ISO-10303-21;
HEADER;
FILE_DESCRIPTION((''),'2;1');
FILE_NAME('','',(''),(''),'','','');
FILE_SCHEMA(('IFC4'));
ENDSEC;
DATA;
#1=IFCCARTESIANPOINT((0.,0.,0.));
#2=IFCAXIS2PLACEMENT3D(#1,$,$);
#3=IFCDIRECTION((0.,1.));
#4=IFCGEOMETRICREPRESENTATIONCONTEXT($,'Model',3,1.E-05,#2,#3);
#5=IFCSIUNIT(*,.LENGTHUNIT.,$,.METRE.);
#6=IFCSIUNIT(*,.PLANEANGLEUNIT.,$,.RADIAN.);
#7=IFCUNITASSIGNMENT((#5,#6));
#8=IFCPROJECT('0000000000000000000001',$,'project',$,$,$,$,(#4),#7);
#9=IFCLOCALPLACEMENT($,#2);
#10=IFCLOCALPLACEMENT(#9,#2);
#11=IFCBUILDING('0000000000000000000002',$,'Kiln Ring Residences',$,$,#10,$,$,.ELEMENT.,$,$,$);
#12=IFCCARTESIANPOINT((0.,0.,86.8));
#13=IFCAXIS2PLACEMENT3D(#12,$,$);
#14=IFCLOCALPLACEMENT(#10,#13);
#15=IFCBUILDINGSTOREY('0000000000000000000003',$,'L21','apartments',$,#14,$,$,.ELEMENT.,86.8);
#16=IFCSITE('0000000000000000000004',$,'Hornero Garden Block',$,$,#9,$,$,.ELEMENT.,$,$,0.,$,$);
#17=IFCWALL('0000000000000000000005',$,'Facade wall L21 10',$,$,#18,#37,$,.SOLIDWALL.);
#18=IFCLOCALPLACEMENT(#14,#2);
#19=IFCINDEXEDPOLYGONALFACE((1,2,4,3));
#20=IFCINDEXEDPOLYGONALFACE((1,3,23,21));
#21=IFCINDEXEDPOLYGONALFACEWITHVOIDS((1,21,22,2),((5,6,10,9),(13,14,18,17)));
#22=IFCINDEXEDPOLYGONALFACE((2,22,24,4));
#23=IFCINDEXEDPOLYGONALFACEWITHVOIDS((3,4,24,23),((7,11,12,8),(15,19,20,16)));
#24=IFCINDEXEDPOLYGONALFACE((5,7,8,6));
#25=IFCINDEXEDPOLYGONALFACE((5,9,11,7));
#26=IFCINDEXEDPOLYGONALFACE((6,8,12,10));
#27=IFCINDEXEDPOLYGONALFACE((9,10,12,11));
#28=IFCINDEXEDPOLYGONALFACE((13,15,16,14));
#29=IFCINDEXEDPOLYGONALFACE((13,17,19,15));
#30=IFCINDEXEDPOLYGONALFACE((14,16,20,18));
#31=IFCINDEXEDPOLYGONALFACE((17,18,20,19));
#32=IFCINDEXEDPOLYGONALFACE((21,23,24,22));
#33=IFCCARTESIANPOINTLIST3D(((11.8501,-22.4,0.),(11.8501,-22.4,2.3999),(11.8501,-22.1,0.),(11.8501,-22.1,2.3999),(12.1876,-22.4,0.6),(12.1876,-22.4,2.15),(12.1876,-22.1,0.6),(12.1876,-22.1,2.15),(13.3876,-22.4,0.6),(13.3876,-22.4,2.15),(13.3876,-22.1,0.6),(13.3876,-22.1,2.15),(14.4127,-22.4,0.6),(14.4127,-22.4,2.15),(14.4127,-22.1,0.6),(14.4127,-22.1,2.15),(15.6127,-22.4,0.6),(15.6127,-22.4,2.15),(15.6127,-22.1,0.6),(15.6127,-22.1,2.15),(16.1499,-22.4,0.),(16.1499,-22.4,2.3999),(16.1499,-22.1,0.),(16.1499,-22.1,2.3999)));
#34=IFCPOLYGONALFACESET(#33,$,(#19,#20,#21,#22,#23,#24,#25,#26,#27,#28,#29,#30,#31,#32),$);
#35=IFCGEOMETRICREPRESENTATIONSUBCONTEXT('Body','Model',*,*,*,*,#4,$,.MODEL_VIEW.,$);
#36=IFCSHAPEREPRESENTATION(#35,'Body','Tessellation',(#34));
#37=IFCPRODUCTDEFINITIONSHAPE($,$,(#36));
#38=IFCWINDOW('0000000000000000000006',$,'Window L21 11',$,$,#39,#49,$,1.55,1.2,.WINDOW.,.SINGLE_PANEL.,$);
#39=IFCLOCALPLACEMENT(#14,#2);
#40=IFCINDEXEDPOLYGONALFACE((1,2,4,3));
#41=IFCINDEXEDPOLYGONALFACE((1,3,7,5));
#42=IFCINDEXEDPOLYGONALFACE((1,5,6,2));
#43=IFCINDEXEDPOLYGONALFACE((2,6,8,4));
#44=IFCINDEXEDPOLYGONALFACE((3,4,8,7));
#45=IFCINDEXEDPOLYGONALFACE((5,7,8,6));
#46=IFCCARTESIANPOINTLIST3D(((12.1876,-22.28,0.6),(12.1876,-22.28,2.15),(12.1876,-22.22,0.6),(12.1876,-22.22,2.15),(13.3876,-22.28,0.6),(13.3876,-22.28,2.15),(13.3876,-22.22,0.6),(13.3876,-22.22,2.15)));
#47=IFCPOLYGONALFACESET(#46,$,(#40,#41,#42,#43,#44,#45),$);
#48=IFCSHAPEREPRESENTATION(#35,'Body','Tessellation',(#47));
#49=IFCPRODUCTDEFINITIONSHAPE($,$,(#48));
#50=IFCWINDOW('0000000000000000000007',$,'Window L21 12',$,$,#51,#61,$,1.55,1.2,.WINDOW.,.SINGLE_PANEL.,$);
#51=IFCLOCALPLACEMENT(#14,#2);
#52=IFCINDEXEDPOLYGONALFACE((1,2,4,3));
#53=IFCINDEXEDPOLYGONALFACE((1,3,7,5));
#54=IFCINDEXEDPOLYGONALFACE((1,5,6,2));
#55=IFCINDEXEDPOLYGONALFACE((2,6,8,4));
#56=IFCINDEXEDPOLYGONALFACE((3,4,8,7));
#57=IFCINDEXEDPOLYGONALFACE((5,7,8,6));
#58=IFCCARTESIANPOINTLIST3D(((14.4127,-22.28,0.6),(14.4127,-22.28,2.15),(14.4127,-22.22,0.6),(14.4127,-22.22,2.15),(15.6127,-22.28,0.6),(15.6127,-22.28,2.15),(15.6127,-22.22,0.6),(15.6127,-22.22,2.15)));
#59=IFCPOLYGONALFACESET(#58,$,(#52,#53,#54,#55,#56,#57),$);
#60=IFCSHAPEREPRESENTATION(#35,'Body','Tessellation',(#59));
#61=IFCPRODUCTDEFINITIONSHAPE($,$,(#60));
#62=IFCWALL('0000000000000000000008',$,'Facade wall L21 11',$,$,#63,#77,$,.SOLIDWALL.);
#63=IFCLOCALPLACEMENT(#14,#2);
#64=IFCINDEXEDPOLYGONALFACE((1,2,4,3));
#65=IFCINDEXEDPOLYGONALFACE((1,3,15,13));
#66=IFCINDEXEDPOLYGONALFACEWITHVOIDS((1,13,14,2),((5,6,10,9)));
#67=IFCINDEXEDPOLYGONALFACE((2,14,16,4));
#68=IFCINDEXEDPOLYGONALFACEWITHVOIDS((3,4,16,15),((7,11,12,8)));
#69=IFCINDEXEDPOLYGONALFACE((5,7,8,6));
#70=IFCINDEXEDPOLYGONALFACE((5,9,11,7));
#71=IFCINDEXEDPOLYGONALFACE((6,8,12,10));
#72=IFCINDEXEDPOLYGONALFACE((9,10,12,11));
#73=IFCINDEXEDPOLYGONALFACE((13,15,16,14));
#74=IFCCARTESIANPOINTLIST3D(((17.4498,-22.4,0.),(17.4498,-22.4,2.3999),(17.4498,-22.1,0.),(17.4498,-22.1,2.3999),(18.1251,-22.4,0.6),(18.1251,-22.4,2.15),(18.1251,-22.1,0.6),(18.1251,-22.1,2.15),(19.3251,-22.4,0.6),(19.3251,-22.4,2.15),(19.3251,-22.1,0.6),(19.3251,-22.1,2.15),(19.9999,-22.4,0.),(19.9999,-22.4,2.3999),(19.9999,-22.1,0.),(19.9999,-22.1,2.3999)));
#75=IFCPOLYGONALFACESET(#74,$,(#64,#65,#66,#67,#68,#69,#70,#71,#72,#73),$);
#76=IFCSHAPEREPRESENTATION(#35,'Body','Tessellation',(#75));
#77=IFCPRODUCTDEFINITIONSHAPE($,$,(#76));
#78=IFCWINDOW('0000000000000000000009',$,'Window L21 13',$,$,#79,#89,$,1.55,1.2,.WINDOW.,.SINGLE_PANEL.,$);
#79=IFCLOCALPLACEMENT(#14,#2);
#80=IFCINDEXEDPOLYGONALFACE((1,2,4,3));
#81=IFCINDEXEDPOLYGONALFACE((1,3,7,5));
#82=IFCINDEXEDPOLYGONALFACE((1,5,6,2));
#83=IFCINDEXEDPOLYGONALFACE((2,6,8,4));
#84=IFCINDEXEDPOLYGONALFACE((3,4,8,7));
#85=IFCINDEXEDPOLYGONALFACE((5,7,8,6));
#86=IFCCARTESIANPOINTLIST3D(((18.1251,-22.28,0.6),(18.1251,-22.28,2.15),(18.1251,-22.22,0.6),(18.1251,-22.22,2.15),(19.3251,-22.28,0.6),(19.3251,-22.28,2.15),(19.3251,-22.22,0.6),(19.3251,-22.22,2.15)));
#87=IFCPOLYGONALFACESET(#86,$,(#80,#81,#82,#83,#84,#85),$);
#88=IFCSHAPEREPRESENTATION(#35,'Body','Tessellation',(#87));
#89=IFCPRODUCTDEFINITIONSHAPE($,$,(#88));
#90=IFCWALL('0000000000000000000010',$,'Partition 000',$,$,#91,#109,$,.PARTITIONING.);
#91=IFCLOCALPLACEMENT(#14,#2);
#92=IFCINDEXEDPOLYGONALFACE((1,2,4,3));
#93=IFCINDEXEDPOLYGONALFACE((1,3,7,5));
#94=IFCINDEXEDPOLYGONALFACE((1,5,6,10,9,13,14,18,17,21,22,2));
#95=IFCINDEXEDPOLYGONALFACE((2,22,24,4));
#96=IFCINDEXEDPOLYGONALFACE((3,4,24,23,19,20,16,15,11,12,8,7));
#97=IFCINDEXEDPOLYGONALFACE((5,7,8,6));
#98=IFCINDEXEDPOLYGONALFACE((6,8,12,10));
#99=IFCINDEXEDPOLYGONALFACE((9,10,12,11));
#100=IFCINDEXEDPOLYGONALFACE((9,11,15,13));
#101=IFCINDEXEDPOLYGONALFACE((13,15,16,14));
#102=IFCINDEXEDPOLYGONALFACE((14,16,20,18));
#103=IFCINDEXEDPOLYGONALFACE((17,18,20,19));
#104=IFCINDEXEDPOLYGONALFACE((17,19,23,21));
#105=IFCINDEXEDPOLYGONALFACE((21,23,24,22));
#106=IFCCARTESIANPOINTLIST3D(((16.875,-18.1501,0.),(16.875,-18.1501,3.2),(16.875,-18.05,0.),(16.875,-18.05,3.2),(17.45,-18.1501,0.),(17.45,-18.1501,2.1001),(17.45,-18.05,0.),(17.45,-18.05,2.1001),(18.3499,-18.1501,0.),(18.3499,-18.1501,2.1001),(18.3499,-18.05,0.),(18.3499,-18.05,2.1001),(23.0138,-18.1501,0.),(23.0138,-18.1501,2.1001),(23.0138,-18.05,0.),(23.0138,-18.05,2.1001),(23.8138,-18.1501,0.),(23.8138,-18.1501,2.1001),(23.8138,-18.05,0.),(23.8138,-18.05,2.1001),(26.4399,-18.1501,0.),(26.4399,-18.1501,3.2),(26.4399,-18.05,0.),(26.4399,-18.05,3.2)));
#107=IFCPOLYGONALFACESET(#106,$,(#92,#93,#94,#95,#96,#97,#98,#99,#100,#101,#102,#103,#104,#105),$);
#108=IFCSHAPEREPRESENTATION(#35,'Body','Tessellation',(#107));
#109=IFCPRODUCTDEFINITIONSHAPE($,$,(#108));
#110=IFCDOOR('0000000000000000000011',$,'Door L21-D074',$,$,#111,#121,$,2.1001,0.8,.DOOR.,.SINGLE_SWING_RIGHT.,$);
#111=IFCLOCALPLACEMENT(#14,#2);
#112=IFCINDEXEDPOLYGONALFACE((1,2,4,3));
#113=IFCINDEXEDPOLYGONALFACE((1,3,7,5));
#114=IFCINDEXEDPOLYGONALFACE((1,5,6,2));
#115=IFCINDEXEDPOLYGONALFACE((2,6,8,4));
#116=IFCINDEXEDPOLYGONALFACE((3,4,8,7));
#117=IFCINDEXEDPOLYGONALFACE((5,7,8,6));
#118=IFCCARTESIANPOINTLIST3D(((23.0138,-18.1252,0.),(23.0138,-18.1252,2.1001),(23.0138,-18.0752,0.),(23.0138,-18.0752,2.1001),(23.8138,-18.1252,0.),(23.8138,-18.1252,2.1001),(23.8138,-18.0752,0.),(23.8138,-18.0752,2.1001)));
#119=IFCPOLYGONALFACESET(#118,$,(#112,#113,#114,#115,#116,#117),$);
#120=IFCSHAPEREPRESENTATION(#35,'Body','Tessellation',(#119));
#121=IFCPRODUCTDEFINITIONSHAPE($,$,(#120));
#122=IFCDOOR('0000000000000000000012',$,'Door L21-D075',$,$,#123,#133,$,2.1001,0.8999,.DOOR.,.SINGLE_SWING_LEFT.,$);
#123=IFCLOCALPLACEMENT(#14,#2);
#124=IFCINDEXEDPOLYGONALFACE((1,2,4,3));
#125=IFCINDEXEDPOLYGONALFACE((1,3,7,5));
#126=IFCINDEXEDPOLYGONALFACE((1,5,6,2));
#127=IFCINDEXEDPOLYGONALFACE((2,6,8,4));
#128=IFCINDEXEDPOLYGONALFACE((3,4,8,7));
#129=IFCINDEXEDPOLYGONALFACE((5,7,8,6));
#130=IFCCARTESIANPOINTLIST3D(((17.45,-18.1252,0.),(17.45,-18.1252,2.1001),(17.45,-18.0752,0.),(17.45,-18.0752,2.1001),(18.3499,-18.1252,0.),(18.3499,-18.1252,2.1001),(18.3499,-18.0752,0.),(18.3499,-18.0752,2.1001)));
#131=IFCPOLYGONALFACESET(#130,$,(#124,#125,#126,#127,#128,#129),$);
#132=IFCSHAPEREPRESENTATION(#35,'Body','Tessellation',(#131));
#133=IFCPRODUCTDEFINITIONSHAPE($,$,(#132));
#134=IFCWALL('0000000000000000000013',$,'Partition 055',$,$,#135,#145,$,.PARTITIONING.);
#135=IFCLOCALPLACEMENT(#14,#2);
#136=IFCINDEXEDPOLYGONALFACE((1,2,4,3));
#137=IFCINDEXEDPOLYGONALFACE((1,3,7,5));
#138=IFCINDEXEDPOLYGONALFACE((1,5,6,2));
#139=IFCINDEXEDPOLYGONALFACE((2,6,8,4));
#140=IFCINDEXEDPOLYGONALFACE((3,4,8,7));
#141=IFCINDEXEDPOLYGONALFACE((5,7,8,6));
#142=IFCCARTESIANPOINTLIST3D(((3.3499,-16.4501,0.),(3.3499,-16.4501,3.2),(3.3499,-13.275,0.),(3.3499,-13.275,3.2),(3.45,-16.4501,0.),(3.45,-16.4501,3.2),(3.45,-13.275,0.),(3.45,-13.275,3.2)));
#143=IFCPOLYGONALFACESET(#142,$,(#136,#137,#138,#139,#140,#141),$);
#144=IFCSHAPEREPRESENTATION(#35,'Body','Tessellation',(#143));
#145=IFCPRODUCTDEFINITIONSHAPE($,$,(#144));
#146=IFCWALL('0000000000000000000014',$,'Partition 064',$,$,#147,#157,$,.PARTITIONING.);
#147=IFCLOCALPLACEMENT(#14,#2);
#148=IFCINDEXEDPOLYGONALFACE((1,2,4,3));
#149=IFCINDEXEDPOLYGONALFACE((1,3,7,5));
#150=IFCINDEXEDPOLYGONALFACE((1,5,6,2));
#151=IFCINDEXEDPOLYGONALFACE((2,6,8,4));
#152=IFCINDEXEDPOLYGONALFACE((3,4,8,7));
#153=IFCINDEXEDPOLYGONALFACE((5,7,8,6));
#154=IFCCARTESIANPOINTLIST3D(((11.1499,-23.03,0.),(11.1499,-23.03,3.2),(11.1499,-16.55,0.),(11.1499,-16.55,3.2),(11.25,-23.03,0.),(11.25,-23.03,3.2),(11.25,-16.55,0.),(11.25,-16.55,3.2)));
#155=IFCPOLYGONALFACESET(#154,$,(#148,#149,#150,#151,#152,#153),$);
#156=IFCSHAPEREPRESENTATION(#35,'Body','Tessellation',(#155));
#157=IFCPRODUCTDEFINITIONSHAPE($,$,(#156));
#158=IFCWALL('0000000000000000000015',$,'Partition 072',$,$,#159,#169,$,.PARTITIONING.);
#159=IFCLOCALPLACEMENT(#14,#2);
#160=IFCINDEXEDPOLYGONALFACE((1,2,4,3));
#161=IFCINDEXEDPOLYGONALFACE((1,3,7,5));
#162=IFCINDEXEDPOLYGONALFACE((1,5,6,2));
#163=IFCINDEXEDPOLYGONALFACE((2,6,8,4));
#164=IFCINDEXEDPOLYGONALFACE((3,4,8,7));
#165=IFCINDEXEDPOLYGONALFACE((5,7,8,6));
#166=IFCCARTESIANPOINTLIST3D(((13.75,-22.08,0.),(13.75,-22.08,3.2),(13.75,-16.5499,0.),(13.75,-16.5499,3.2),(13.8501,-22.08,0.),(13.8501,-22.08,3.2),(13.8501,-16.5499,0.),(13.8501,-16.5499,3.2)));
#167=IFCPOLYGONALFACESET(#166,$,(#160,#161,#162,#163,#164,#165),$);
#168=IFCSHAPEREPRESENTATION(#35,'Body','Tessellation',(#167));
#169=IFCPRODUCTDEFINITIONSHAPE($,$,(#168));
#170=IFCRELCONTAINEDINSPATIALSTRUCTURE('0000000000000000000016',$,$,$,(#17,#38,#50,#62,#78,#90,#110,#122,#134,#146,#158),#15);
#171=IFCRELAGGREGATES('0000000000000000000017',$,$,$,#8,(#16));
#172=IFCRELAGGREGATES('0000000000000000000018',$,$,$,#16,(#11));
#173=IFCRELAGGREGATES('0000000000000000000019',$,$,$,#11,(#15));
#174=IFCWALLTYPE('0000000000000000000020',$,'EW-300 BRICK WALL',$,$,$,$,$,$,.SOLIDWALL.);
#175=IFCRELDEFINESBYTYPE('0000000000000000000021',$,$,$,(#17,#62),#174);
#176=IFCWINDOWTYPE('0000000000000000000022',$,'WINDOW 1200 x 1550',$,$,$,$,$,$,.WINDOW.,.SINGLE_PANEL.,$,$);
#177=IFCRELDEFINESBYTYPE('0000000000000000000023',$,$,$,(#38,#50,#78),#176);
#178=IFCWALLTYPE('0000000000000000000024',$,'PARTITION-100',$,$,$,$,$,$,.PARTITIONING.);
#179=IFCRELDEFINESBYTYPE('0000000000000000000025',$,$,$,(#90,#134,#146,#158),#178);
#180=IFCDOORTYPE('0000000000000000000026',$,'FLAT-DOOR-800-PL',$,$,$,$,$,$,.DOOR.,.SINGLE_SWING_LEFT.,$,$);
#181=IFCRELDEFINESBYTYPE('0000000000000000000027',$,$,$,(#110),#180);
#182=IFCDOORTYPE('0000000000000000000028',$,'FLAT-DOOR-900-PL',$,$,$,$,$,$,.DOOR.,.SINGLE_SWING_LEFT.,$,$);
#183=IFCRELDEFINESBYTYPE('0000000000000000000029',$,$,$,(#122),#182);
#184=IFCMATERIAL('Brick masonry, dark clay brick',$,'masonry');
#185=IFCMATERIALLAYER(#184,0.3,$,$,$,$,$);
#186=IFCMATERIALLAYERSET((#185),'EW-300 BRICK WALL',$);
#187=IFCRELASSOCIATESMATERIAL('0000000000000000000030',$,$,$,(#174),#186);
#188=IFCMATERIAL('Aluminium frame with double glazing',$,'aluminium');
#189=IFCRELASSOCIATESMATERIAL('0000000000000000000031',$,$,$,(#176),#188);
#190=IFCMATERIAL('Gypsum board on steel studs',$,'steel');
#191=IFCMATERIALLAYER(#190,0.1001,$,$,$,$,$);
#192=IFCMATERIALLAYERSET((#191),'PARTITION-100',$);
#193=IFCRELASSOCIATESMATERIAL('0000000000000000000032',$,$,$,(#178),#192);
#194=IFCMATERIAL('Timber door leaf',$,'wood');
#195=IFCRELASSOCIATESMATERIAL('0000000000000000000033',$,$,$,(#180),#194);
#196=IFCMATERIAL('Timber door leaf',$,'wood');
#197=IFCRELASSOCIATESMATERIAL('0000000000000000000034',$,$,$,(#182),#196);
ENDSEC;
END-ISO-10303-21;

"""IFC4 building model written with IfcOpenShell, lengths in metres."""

from ifc_helpers import new_model, si_unit, direction, frame, frame_2d, origin, place, context, subcontext, project, spatial, rectangle, extrude, material, layer, layer_set, type_object, element, fill, save


model = new_model("IFC4")

# Units and contexts
model_context = context("Model", 3, precision=1e-05, world=origin(), true_north=direction((0.0, 1.0)))
body_context = subcontext(model_context, "Body", "Model", "MODEL_VIEW")
ifc_project = project(units=[si_unit("LENGTHUNIT", "METRE"), si_unit("PLANEANGLEUNIT", "RADIAN")], contexts=[model_context])

# Site, building, storey
site_placement = place(None, origin())
site = spatial("IfcSite", under=ifc_project, at=site_placement, Name="Hornero Garden Block", CompositionType="ELEMENT", RefElevation=0.0)
building_placement = place(site_placement, origin())
building = spatial("IfcBuilding", under=site, at=building_placement, Name="Kiln Ring Residences", CompositionType="ELEMENT")
storey_placement = place(building_placement, frame((0.0, 0.0, 86.8)))
storey = spatial("IfcBuildingStorey", under=building, at=storey_placement, Name="L21", Description="apartments", CompositionType="ELEMENT", Elevation=86.8)

# Shared definitions
ifc_material_1 = material(Name="Brick masonry, dark clay brick", Category="masonry")
ifc_layer_1 = layer(ifc_material_1, 0.3)
ifc_layer_set_1 = layer_set([ifc_layer_1], Name="EW-300 BRICK WALL")
wall_type_1 = type_object("IfcWallType", Name="EW-300 BRICK WALL", PredefinedType="SOLIDWALL", material=ifc_layer_set_1)

# Wall, openings, windows
wall_1_placement = place(storey_placement, frame((11.8501, -22.25, 0.0), z_axis=(0.0, 0.0, 1.0), x_axis=(1.0, 0.0, 0.0)))
wall_1 = element("IfcWall", 1, at=wall_1_placement, inside=storey, type_object=wall_type_1, Name="Facade wall L21 10", PredefinedType="SOLIDWALL", context=body_context, shape_type="SweptSolid", body=[
    extrude(rectangle(XDim=4.2998, YDim=0.3, at=frame_2d((2.1499, 0.0))), origin(), (0.0, 0.0, 1.0), 2.3999),
])
opening_1_placement = place(wall_1_placement, frame((0.3374, 0.0, 0.6001)))
opening_1 = element("IfcOpeningElement", 2, at=opening_1_placement, cuts=wall_1, PredefinedType="OPENING", context=body_context, shape_type="SweptSolid", body=[
    extrude(rectangle(XDim=1.2, YDim=1.55, at=frame_2d((0.6001, 0.7749))), frame((0.0, 0.1599, 0.0), z_axis=(0.0, -1.0, 0.0), x_axis=(1.0, 0.0, 0.0)), (0.0, 0.0, 1.0), 0.3201),
])
opening_2_placement = place(wall_1_placement, frame((2.5625, 0.0, 0.6001)))
opening_2 = element("IfcOpeningElement", 3, at=opening_2_placement, cuts=wall_1, PredefinedType="OPENING", context=body_context, shape_type="SweptSolid", body=[
    extrude(rectangle(XDim=1.2, YDim=1.55, at=frame_2d((0.6001, 0.7749))), frame((0.0, 0.1599, 0.0), z_axis=(0.0, -1.0, 0.0), x_axis=(1.0, 0.0, 0.0)), (0.0, 0.0, 1.0), 0.3201),
])
ifc_material_2 = material(Name="Aluminium frame with double glazing", Category="aluminium")
window_type_1 = type_object("IfcWindowType", Name="WINDOW 1200 x 1550", PartitioningType="SINGLE_PANEL", PredefinedType="WINDOW", material=ifc_material_2)
window_1_placement = place(opening_1_placement, origin())
window_1 = element("IfcWindow", 4, at=window_1_placement, inside=storey, type_object=window_type_1, Name="Window L21 11", OverallHeight=1.55, OverallWidth=1.2, PartitioningType="SINGLE_PANEL", PredefinedType="WINDOW", context=body_context, shape_type="SweptSolid", body=[
    extrude(rectangle(XDim=1.2, YDim=1.55, at=frame_2d((0.6001, 0.7749))), frame((0.0, 0.03, 0.0), z_axis=(0.0, -1.0, 0.0), x_axis=(1.0, 0.0, 0.0)), (0.0, 0.0, 1.0), 0.0601),
])
fill(opening_1, window_1)
window_2_placement = place(opening_2_placement, origin())
window_2 = element("IfcWindow", 5, at=window_2_placement, inside=storey, type_object=window_type_1, Name="Window L21 12", OverallHeight=1.55, OverallWidth=1.2, PartitioningType="SINGLE_PANEL", PredefinedType="WINDOW", context=body_context, shape_type="SweptSolid", body=[
    extrude(rectangle(XDim=1.2, YDim=1.55, at=frame_2d((0.6001, 0.7749))), frame((0.0, 0.03, 0.0), z_axis=(0.0, -1.0, 0.0), x_axis=(1.0, 0.0, 0.0)), (0.0, 0.0, 1.0), 0.0601),
])
fill(opening_2, window_2)

# Wall, opening, window
wall_2_placement = place(storey_placement, frame((17.45, -22.25, 0.0), z_axis=(0.0, 0.0, 1.0), x_axis=(1.0, 0.0, 0.0)))
wall_2 = element("IfcWall", 6, at=wall_2_placement, inside=storey, type_object=wall_type_1, Name="Facade wall L21 11", PredefinedType="SOLIDWALL", context=body_context, shape_type="SweptSolid", body=[
    extrude(rectangle(XDim=2.55, YDim=0.3, at=frame_2d((1.2749, 0.0))), origin(), (0.0, 0.0, 1.0), 2.3999),
])
opening_3_placement = place(wall_2_placement, frame((0.675, 0.0, 0.6001)))
opening_3 = element("IfcOpeningElement", 7, at=opening_3_placement, cuts=wall_2, PredefinedType="OPENING", context=body_context, shape_type="SweptSolid", body=[
    extrude(rectangle(XDim=1.2, YDim=1.55, at=frame_2d((0.6001, 0.7749))), frame((0.0, 0.1599, 0.0), z_axis=(0.0, -1.0, 0.0), x_axis=(1.0, 0.0, 0.0)), (0.0, 0.0, 1.0), 0.3201),
])
window_3_placement = place(opening_3_placement, origin())
window_3 = element("IfcWindow", 8, at=window_3_placement, inside=storey, type_object=window_type_1, Name="Window L21 13", OverallHeight=1.55, OverallWidth=1.2, PartitioningType="SINGLE_PANEL", PredefinedType="WINDOW", context=body_context, shape_type="SweptSolid", body=[
    extrude(rectangle(XDim=1.2, YDim=1.55, at=frame_2d((0.6001, 0.7749))), frame((0.0, 0.03, 0.0), z_axis=(0.0, -1.0, 0.0), x_axis=(1.0, 0.0, 0.0)), (0.0, 0.0, 1.0), 0.0601),
])
fill(opening_3, window_3)

# Wall, openings, doors
ifc_material_3 = material(Name="Gypsum board on steel studs", Category="steel")
ifc_layer_2 = layer(ifc_material_3, 0.1001)
ifc_layer_set_2 = layer_set([ifc_layer_2], Name="PARTITION-100")
wall_type_2 = type_object("IfcWallType", Name="PARTITION-100", PredefinedType="PARTITIONING", material=ifc_layer_set_2)
wall_3_placement = place(storey_placement, frame((16.875, -18.1001, 0.0), z_axis=(0.0, 0.0, 1.0), x_axis=(1.0, 0.0, 0.0)))
wall_3 = element("IfcWall", 9, at=wall_3_placement, inside=storey, type_object=wall_type_2, Name="Partition 000", PredefinedType="PARTITIONING", context=body_context, shape_type="SweptSolid", body=[
    extrude(rectangle(XDim=9.5649, YDim=0.1001, at=frame_2d((4.7825, 0.0))), origin(), (0.0, 0.0, 1.0), 3.2),
])
opening_4_placement = place(wall_3_placement, frame((6.1389, 0.0, 0.0)))
opening_4 = element("IfcOpeningElement", 10, at=opening_4_placement, cuts=wall_3, PredefinedType="OPENING", context=body_context, shape_type="SweptSolid", body=[
    extrude(rectangle(XDim=0.8, YDim=2.1001, at=frame_2d((0.3999, 1.05))), frame((0.0, 0.0601, 0.0), z_axis=(0.0, -1.0, 0.0), x_axis=(1.0, 0.0, 0.0)), (0.0, 0.0, 1.0), 0.1201),
])
opening_5_placement = place(wall_3_placement, frame((0.575, 0.0, 0.0)))
opening_5 = element("IfcOpeningElement", 11, at=opening_5_placement, cuts=wall_3, PredefinedType="OPENING", context=body_context, shape_type="SweptSolid", body=[
    extrude(rectangle(XDim=0.8999, YDim=2.1001, at=frame_2d((0.45, 1.05))), frame((0.0, 0.0601, 0.0), z_axis=(0.0, -1.0, 0.0), x_axis=(1.0, 0.0, 0.0)), (0.0, 0.0, 1.0), 0.1201),
])
ifc_material_4 = material(Name="Timber door leaf", Category="wood")
door_type_1 = type_object("IfcDoorType", Name="FLAT-DOOR-800-PL", OperationType="SINGLE_SWING_LEFT", PredefinedType="DOOR", material=ifc_material_4)
door_1_placement = place(opening_4_placement, origin())
door_1 = element("IfcDoor", 12, at=door_1_placement, inside=storey, type_object=door_type_1, Name="Door L21-D074", OperationType="SINGLE_SWING_RIGHT", OverallHeight=2.1001, OverallWidth=0.8, PredefinedType="DOOR", context=body_context, shape_type="SweptSolid", body=[
    extrude(rectangle(XDim=0.8, YDim=2.1001, at=frame_2d((0.3999, 1.05))), frame((0.0, 0.0249, 0.0), z_axis=(0.0, -1.0, 0.0), x_axis=(1.0, 0.0, 0.0)), (0.0, 0.0, 1.0), 0.05),
])
fill(opening_4, door_1)
ifc_material_5 = material(Name="Timber door leaf", Category="wood")
door_type_2 = type_object("IfcDoorType", Name="FLAT-DOOR-900-PL", OperationType="SINGLE_SWING_LEFT", PredefinedType="DOOR", material=ifc_material_5)
door_2_placement = place(opening_5_placement, origin())
door_2 = element("IfcDoor", 13, at=door_2_placement, inside=storey, type_object=door_type_2, Name="Door L21-D075", OperationType="SINGLE_SWING_LEFT", OverallHeight=2.1001, OverallWidth=0.8999, PredefinedType="DOOR", context=body_context, shape_type="SweptSolid", body=[
    extrude(rectangle(XDim=0.8999, YDim=2.1001, at=frame_2d((0.45, 1.05))), frame((0.0, 0.0249, 0.0), z_axis=(0.0, -1.0, 0.0), x_axis=(1.0, 0.0, 0.0)), (0.0, 0.0, 1.0), 0.05),
])
fill(opening_5, door_2)

# Walls
wall_4_placement = place(storey_placement, frame((3.3999, -16.45, 0.0), z_axis=(0.0, 0.0, 1.0), x_axis=(0.0, 1.0, 0.0)))
element("IfcWall", 14, at=wall_4_placement, inside=storey, type_object=wall_type_2, Name="Partition 055", PredefinedType="PARTITIONING", context=body_context, shape_type="SweptSolid", body=[
    extrude(rectangle(XDim=3.175, YDim=0.1001, at=frame_2d((1.5874, 0.0))), origin(), (0.0, 0.0, 1.0), 3.2),
])
wall_5_placement = place(storey_placement, frame((11.2, -23.03, 0.0), z_axis=(0.0, 0.0, 1.0), x_axis=(0.0, 1.0, 0.0)))
element("IfcWall", 15, at=wall_5_placement, inside=storey, type_object=wall_type_2, Name="Partition 064", PredefinedType="PARTITIONING", context=body_context, shape_type="SweptSolid", body=[
    extrude(rectangle(XDim=6.48, YDim=0.1001, at=frame_2d((3.24, 0.0))), origin(), (0.0, 0.0, 1.0), 3.2),
])
wall_6_placement = place(storey_placement, frame((13.8, -22.0801, 0.0), z_axis=(0.0, 0.0, 1.0), x_axis=(0.0, 1.0, 0.0)))
element("IfcWall", 16, at=wall_6_placement, inside=storey, type_object=wall_type_2, Name="Partition 072", PredefinedType="PARTITIONING", context=body_context, shape_type="SweptSolid", body=[
    extrude(rectangle(XDim=5.53, YDim=0.1001, at=frame_2d((2.7651, 0.0))), origin(), (0.0, 0.0, 1.0), 3.2),
])

save(model, "model.ifc")
